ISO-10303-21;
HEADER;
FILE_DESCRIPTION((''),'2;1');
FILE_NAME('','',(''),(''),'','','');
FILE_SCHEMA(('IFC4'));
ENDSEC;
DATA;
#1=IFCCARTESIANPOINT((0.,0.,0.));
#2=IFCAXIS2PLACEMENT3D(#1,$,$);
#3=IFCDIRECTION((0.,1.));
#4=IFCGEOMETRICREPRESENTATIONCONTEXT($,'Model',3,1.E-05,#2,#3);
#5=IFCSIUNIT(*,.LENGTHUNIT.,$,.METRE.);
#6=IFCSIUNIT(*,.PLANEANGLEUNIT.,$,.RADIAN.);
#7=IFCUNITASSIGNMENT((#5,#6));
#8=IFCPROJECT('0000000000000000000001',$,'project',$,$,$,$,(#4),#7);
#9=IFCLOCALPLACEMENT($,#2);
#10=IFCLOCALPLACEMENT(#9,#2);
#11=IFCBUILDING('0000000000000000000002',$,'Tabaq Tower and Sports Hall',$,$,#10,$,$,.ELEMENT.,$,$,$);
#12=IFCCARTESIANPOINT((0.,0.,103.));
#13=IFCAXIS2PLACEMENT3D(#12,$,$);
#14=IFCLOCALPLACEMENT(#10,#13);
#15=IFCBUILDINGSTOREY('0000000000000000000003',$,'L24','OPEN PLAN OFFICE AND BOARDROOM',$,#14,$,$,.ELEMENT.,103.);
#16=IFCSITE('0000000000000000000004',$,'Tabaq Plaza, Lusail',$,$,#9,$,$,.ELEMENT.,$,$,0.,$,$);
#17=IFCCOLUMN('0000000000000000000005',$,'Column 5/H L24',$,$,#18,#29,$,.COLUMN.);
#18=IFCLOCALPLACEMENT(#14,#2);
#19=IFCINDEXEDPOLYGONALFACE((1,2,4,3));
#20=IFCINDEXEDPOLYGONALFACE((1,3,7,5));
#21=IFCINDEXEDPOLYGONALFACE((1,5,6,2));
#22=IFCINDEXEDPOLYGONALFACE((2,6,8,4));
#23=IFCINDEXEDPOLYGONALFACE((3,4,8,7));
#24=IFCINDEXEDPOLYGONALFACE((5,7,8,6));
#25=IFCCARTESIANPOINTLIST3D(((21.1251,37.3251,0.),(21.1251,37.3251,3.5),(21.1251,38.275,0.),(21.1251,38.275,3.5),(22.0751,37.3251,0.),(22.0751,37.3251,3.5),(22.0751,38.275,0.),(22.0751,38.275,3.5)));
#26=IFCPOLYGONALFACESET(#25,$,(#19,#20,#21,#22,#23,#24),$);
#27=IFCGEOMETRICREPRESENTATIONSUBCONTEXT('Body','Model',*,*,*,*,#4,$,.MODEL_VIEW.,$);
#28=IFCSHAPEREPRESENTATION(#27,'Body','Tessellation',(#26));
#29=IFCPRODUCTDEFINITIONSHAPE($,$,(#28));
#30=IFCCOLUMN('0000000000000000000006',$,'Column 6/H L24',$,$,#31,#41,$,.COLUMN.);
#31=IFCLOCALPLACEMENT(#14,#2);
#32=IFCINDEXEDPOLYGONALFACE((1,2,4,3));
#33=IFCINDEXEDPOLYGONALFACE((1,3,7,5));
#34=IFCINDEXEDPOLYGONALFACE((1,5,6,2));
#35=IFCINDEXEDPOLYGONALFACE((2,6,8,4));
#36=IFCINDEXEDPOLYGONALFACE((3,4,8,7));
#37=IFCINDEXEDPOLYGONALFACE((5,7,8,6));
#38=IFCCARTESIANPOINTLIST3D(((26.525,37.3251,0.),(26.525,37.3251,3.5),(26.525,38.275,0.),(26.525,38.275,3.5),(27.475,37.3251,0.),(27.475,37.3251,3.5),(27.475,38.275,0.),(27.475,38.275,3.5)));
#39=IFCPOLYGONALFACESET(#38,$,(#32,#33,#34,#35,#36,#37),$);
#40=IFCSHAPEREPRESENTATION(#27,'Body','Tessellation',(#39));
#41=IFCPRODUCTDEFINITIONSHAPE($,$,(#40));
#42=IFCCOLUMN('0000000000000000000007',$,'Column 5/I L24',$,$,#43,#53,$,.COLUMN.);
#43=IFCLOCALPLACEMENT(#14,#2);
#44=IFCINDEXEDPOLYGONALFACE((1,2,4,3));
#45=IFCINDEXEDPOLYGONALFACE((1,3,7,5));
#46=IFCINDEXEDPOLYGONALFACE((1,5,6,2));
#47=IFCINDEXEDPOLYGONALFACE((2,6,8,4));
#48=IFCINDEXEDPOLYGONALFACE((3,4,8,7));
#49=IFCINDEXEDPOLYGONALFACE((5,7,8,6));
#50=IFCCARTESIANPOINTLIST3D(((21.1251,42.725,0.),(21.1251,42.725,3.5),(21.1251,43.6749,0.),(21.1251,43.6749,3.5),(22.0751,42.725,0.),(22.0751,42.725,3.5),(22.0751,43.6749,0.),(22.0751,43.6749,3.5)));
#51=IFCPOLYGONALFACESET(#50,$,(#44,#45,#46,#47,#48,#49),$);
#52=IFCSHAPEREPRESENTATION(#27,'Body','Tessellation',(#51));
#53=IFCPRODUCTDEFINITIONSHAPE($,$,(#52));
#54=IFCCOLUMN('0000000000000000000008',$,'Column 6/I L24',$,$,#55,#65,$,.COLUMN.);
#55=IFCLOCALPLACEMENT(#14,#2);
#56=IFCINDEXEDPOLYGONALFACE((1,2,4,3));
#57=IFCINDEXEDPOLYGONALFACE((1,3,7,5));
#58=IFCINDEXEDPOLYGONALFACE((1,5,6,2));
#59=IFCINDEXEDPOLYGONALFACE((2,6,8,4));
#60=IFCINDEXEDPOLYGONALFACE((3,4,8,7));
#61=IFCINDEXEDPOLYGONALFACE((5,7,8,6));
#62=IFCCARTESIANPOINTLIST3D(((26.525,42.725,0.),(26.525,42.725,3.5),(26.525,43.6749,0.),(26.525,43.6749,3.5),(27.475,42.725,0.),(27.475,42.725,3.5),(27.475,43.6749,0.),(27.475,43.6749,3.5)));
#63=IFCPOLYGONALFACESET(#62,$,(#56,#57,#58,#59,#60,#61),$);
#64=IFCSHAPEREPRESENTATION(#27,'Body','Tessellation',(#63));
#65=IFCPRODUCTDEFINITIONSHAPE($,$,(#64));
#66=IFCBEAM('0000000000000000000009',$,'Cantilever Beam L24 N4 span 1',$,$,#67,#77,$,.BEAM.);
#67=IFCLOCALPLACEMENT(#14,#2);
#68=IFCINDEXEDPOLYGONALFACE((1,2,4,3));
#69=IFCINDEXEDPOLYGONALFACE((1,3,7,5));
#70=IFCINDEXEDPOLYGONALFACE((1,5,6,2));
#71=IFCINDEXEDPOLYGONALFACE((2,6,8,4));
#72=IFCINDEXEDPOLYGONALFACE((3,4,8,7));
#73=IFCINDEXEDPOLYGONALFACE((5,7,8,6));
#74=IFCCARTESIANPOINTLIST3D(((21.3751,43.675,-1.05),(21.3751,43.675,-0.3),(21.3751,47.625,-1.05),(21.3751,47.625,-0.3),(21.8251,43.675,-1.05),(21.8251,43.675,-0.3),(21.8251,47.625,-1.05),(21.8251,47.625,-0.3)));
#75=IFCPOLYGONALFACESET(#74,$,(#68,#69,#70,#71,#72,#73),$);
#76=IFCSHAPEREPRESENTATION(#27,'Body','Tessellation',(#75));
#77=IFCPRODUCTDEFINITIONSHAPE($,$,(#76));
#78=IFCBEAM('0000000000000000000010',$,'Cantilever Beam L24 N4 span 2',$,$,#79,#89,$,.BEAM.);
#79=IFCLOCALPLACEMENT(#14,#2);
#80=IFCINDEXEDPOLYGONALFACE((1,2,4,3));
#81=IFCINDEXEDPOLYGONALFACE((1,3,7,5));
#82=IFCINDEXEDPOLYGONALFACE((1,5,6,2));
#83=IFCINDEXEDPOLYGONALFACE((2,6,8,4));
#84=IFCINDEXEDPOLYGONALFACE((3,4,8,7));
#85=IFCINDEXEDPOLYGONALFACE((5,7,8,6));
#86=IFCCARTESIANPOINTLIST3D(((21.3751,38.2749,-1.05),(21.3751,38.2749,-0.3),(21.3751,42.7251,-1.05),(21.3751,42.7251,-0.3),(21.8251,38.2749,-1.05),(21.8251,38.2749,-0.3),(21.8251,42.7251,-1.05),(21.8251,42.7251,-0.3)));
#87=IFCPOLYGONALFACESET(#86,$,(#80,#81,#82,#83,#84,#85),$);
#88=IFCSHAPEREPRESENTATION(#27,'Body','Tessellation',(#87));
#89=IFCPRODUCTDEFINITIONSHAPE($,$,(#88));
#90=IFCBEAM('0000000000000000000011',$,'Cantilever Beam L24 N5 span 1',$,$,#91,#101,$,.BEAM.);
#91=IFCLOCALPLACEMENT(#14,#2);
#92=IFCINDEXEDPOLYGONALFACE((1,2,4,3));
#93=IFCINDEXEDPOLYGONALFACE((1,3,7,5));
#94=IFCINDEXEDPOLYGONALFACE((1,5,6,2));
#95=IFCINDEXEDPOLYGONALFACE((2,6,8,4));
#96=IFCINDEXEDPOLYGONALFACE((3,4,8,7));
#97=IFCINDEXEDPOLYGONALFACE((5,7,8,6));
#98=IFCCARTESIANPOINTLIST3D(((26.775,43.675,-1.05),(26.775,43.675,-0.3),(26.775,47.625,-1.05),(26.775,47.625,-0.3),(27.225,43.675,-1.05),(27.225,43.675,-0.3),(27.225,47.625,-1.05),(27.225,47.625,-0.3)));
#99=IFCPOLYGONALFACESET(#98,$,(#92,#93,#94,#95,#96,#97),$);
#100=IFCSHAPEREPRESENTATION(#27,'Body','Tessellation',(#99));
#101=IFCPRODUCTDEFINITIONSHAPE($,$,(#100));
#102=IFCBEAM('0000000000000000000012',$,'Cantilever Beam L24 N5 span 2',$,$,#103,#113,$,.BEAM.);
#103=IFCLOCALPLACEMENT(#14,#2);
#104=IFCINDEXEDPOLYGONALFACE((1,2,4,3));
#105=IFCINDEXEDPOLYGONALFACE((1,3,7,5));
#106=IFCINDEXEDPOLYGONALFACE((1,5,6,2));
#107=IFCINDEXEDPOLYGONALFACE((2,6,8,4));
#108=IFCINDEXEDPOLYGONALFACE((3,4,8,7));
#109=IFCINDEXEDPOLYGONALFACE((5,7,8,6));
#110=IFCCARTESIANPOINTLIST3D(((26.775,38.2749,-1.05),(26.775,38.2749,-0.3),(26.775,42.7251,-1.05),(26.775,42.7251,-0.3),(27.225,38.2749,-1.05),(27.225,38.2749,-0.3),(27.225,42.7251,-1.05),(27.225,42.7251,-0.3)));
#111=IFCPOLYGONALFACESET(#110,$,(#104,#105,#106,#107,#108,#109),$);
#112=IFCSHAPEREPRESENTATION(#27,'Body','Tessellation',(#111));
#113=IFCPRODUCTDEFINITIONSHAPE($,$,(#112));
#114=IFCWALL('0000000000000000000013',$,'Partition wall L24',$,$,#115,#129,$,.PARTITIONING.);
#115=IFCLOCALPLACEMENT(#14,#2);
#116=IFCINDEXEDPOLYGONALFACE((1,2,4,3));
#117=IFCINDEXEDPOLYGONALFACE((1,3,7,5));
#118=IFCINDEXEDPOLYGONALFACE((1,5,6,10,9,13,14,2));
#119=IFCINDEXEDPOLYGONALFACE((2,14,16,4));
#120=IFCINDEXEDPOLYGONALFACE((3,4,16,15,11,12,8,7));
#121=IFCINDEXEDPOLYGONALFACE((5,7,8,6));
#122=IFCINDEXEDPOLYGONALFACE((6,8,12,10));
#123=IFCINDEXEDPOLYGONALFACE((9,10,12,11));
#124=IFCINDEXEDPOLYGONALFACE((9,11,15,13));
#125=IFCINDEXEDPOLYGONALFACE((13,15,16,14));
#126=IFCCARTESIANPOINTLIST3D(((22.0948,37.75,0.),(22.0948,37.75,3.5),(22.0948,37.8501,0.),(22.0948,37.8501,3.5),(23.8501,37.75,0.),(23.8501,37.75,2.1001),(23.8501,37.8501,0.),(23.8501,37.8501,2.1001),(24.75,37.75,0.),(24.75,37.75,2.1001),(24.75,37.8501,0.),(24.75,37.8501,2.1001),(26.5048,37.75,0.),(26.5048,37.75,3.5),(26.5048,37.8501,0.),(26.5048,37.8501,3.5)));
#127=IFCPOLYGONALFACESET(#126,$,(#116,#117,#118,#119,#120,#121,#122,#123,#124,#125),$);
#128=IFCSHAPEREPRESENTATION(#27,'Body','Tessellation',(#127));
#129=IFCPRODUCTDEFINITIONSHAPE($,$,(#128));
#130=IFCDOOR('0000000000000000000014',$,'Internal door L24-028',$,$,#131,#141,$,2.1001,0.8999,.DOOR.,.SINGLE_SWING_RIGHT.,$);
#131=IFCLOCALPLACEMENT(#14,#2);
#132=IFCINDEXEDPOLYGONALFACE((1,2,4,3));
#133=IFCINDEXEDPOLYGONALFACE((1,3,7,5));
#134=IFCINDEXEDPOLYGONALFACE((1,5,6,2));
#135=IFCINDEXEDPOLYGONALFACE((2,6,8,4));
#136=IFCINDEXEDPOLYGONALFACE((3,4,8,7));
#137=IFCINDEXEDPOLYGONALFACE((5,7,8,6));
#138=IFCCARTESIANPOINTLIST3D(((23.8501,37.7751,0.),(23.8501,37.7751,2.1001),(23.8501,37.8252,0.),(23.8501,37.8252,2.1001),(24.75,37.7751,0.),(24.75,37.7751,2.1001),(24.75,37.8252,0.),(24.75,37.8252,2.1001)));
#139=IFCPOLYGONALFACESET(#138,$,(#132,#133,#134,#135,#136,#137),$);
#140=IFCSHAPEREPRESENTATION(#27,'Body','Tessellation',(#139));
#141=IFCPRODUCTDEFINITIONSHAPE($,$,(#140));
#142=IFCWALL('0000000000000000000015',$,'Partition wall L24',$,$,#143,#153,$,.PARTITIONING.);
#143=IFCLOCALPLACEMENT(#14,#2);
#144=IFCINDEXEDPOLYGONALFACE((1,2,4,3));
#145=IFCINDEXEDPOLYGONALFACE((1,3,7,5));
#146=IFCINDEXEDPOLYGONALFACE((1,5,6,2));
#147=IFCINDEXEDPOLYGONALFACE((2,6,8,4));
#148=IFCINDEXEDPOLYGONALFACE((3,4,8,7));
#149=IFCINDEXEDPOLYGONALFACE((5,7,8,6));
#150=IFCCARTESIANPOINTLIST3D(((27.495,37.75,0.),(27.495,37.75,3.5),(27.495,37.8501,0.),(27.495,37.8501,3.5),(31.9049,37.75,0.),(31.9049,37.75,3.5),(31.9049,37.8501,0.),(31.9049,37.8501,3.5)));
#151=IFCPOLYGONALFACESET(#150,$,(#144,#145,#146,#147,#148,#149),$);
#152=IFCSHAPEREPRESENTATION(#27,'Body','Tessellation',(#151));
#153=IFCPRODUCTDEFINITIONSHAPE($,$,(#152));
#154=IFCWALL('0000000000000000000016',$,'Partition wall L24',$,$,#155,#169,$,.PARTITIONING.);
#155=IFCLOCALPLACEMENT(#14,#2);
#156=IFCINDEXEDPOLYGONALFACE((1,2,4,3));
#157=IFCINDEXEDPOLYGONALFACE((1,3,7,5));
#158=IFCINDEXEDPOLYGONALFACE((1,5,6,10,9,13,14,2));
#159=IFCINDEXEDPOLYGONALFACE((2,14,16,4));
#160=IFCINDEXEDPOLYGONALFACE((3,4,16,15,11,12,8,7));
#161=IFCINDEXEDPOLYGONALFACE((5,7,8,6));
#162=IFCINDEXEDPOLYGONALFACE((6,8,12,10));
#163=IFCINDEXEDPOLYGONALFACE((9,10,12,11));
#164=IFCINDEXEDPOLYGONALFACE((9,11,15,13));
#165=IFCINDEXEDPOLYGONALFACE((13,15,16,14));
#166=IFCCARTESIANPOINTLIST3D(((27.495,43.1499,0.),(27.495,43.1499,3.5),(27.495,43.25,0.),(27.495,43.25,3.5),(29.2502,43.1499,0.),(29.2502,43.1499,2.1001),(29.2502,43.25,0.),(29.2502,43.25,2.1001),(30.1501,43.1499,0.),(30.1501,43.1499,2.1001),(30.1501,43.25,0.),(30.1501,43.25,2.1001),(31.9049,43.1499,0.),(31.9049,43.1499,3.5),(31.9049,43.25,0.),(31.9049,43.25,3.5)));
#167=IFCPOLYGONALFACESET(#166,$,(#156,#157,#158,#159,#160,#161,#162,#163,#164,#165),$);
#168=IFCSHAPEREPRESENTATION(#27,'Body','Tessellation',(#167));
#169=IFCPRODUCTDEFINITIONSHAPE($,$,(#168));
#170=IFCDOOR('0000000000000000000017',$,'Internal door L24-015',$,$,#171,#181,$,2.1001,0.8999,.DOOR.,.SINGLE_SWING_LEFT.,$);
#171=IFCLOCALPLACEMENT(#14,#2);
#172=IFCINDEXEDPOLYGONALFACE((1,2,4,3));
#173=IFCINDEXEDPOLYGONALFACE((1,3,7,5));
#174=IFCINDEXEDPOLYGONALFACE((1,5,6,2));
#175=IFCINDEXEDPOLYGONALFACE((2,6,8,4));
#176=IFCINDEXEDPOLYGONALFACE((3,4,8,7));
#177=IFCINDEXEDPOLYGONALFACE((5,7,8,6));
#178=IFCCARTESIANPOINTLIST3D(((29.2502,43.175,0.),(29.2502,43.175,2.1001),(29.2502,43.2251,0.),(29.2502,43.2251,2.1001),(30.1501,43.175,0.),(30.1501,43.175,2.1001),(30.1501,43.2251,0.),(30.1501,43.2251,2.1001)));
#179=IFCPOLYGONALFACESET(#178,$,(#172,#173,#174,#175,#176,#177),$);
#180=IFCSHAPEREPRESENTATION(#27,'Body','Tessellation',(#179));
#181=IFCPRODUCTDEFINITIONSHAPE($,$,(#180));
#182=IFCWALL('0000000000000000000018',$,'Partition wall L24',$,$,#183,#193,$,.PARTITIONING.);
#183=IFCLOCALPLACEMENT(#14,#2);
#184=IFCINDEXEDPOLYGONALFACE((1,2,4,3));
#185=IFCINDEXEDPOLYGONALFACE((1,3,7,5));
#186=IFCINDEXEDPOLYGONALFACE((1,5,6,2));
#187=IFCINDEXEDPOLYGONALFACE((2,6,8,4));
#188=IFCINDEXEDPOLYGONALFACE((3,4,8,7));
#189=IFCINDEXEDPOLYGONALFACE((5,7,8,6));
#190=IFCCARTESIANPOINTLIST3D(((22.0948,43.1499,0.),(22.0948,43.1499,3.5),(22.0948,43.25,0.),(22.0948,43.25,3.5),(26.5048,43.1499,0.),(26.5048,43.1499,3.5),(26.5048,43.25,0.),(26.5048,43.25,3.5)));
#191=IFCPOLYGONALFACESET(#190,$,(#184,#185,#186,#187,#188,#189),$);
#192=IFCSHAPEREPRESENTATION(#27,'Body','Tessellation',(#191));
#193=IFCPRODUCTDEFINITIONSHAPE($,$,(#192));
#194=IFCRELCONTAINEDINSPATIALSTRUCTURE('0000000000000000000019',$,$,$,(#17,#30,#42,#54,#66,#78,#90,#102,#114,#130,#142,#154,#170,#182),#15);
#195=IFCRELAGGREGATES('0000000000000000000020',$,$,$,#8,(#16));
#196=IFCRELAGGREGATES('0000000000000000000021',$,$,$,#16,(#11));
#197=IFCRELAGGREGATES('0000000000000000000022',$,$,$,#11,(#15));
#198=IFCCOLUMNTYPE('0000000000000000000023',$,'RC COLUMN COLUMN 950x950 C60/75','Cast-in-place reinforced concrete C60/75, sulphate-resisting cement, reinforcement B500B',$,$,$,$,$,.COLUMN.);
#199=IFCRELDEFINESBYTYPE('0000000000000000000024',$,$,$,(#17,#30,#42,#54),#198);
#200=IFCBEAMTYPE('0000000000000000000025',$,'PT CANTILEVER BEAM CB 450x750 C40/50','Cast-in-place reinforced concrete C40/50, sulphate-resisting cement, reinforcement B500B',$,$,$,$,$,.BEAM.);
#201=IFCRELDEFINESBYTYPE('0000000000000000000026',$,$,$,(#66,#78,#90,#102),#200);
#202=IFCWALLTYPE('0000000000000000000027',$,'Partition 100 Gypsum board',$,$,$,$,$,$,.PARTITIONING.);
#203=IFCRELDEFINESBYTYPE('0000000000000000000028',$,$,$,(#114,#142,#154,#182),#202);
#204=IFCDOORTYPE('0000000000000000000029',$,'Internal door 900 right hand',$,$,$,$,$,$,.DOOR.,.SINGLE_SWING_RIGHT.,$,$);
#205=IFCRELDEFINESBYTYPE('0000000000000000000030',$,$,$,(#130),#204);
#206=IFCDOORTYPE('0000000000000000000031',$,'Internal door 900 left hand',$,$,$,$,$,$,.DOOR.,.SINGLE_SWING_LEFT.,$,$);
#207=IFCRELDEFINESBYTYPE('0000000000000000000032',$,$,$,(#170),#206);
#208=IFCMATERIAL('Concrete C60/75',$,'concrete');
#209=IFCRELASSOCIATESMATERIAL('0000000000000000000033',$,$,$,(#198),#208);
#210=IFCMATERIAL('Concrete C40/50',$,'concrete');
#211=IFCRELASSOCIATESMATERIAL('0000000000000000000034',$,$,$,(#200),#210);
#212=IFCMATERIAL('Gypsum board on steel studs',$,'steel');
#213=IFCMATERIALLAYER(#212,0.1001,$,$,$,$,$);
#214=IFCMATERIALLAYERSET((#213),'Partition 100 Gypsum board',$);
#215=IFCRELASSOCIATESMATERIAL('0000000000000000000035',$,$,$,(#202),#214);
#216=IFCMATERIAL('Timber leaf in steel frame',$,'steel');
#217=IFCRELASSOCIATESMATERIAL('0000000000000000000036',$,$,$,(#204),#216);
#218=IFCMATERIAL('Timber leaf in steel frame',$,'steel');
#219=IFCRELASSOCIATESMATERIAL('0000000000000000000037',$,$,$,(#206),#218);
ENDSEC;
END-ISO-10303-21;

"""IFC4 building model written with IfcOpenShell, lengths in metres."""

from ifc_helpers import new_model, si_unit, direction, frame, frame_2d, origin, origin_2d, place, context, subcontext, project, spatial, rectangle, extrude, material, layer, layer_set, material_profile, profile_set, type_object, element, fill, save


model = new_model("IFC4")

# Units and contexts
model_context = context("Model", 3, precision=1e-05, world=origin(), true_north=direction((0.0, 1.0)))
body_context = subcontext(model_context, "Body", "Model", "MODEL_VIEW")
ifc_project = project(units=[si_unit("LENGTHUNIT", "METRE"), si_unit("PLANEANGLEUNIT", "RADIAN")], contexts=[model_context])

# Site, building, storey
site_placement = place(None, origin())
site = spatial("IfcSite", under=ifc_project, at=site_placement, Name="Tabaq Plaza, Lusail", CompositionType="ELEMENT", RefElevation=0.0)
building_placement = place(site_placement, origin())
building = spatial("IfcBuilding", under=site, at=building_placement, Name="Tabaq Tower and Sports Hall", CompositionType="ELEMENT")
storey_placement = place(building_placement, frame((0.0, 0.0, 103.0)))
storey = spatial("IfcBuildingStorey", under=building, at=storey_placement, Name="L24", Description="OPEN PLAN OFFICE AND BOARDROOM", CompositionType="ELEMENT", Elevation=103.0)

# Columns
ifc_material_1 = material(Name="Concrete C60/75", Category="concrete")
ifc_material_profile_1 = material_profile(ifc_material_1, rectangle(XDim=0.95, YDim=0.95, at=origin_2d()), Name="COLUMN 950x950")
ifc_profile_set_1 = profile_set([ifc_material_profile_1], Name="Concrete C60/75")
column_type = type_object("IfcColumnType", Name="RC COLUMN COLUMN 950x950 C60/75", Description="Cast-in-place reinforced concrete C60/75, sulphate-resisting cement, reinforcement B500B", PredefinedType="COLUMN", material=ifc_profile_set_1)
for number, where, z_axis, x_axis, name in (
    (1, (21.6001, 37.8, 0.0), (0.0, 0.0, 1.0), (1.0, 0.0, 0.0), "Column 5/H L24"),
    (2, (27.0, 37.8, 0.0), (0.0, 0.0, 1.0), (1.0, 0.0, 0.0), "Column 6/H L24"),
    (3, (21.6001, 43.2, 0.0), (0.0, 0.0, 1.0), (1.0, 0.0, 0.0), "Column 5/I L24"),
    (4, (27.0, 43.2, 0.0), (0.0, 0.0, 1.0), (1.0, 0.0, 0.0), "Column 6/I L24"),
):
    element("IfcColumn", number, at=place(storey_placement, frame(where, z_axis=z_axis, x_axis=x_axis)), inside=storey, type_object=column_type, Name=name, PredefinedType="COLUMN", context=body_context, shape_type="SweptSolid", body=[
        extrude(rectangle(XDim=0.95, YDim=0.95, at=origin_2d()), origin(), (0.0, 0.0, 1.0), 3.5),
    ])

# Beams
ifc_material_2 = material(Name="Concrete C40/50", Category="concrete")
ifc_material_profile_2 = material_profile(ifc_material_2, rectangle(XDim=0.45, YDim=0.75, at=origin_2d()), Name="CB 450x750")
ifc_profile_set_2 = profile_set([ifc_material_profile_2], Name="Concrete C40/50")
beam_type = type_object("IfcBeamType", Name="PT CANTILEVER BEAM CB 450x750 C40/50", Description="Cast-in-place reinforced concrete C40/50, sulphate-resisting cement, reinforcement B500B", PredefinedType="BEAM", material=ifc_profile_set_2)
beam_1_placement = place(storey_placement, frame((21.6001, 47.625, -0.675), z_axis=(0.0, -1.0, 0.0), x_axis=(1.0, 0.0, 0.0)))
element("IfcBeam", 5, at=beam_1_placement, inside=storey, type_object=beam_type, Name="Cantilever Beam L24 N4 span 1", PredefinedType="BEAM", context=body_context, shape_type="SweptSolid", body=[
    extrude(rectangle(XDim=0.45, YDim=0.75, at=origin_2d()), origin(), (0.0, 0.0, 1.0), 3.95),
])
beam_2_placement = place(storey_placement, frame((21.6001, 42.7251, -0.675), z_axis=(0.0, -1.0, 0.0), x_axis=(1.0, 0.0, 0.0)))
element("IfcBeam", 6, at=beam_2_placement, inside=storey, type_object=beam_type, Name="Cantilever Beam L24 N4 span 2", PredefinedType="BEAM", context=body_context, shape_type="SweptSolid", body=[
    extrude(rectangle(XDim=0.45, YDim=0.75, at=origin_2d()), origin(), (0.0, 0.0, 1.0), 4.4502),
])
beam_3_placement = place(storey_placement, frame((27.0, 47.625, -0.675), z_axis=(0.0, -1.0, 0.0), x_axis=(1.0, 0.0, 0.0)))
element("IfcBeam", 7, at=beam_3_placement, inside=storey, type_object=beam_type, Name="Cantilever Beam L24 N5 span 1", PredefinedType="BEAM", context=body_context, shape_type="SweptSolid", body=[
    extrude(rectangle(XDim=0.45, YDim=0.75, at=origin_2d()), origin(), (0.0, 0.0, 1.0), 3.95),
])
beam_4_placement = place(storey_placement, frame((27.0, 42.7251, -0.675), z_axis=(0.0, -1.0, 0.0), x_axis=(1.0, 0.0, 0.0)))
element("IfcBeam", 8, at=beam_4_placement, inside=storey, type_object=beam_type, Name="Cantilever Beam L24 N5 span 2", PredefinedType="BEAM", context=body_context, shape_type="SweptSolid", body=[
    extrude(rectangle(XDim=0.45, YDim=0.75, at=origin_2d()), origin(), (0.0, 0.0, 1.0), 4.4502),
])

# Wall, opening, door
ifc_material_3 = material(Name="Gypsum board on steel studs", Category="steel")
ifc_layer_1 = layer(ifc_material_3, 0.1001)
ifc_layer_set_1 = layer_set([ifc_layer_1], Name="Partition 100 Gypsum board")
wall_type_1 = type_object("IfcWallType", Name="Partition 100 Gypsum board", PredefinedType="PARTITIONING", material=ifc_layer_set_1)
wall_1_placement = place(storey_placement, frame((26.5049, 37.8, 0.0), z_axis=(0.0, 0.0, 1.0), x_axis=(-1.0, 0.0, 0.0)))
wall_1 = element("IfcWall", 9, at=wall_1_placement, inside=storey, type_object=wall_type_1, Name="Partition wall L24", PredefinedType="PARTITIONING", context=body_context, shape_type="SweptSolid", body=[
    extrude(rectangle(XDim=4.4099, YDim=0.1001, at=frame_2d((2.2051, 0.0))), origin(), (0.0, 0.0, 1.0), 3.5),
])
opening_1_placement = place(wall_1_placement, frame((1.7549, 0.0, 0.0)))
opening_1 = element("IfcOpeningElement", 10, at=opening_1_placement, cuts=wall_1, PredefinedType="OPENING", context=body_context, shape_type="SweptSolid", body=[
    extrude(rectangle(XDim=0.8999, YDim=2.1001, at=frame_2d((0.45, 1.05))), frame((0.0, 0.05, 0.0), z_axis=(0.0, -1.0, 0.0), x_axis=(1.0, 0.0, 0.0)), (0.0, 0.0, 1.0), 0.1001),
])
ifc_material_4 = material(Name="Timber leaf in steel frame", Category="steel")
door_type_1 = type_object("IfcDoorType", Name="Internal door 900 right hand", OperationType="SINGLE_SWING_RIGHT", PredefinedType="DOOR", material=ifc_material_4)
door_1_placement = place(opening_1_placement, origin())
door_1 = element("IfcDoor", 11, at=door_1_placement, inside=storey, type_object=door_type_1, Name="Internal door L24-028", OperationType="SINGLE_SWING_RIGHT", OverallHeight=2.1001, OverallWidth=0.8999, PredefinedType="DOOR", context=body_context, shape_type="SweptSolid", body=[
    extrude(rectangle(XDim=0.8999, YDim=2.1001, at=frame_2d((0.45, 1.05))), frame((0.0, 0.0249, 0.0), z_axis=(0.0, -1.0, 0.0), x_axis=(1.0, 0.0, 0.0)), (0.0, 0.0, 1.0), 0.05),
])
fill(opening_1, door_1)

# Wall
wall_2_placement = place(storey_placement, frame((31.905, 37.8, 0.0), z_axis=(0.0, 0.0, 1.0), x_axis=(-1.0, 0.0, 0.0)))
element("IfcWall", 12, at=wall_2_placement, inside=storey, type_object=wall_type_1, Name="Partition wall L24", PredefinedType="PARTITIONING", context=body_context, shape_type="SweptSolid", body=[
    extrude(rectangle(XDim=4.4099, YDim=0.1001, at=frame_2d((2.2051, 0.0))), origin(), (0.0, 0.0, 1.0), 3.5),
])

# Wall, opening, door
wall_3_placement = place(storey_placement, frame((31.905, 43.2, 0.0), z_axis=(0.0, 0.0, 1.0), x_axis=(-1.0, 0.0, 0.0)))
wall_3 = element("IfcWall", 13, at=wall_3_placement, inside=storey, type_object=wall_type_1, Name="Partition wall L24", PredefinedType="PARTITIONING", context=body_context, shape_type="SweptSolid", body=[
    extrude(rectangle(XDim=4.4099, YDim=0.1001, at=frame_2d((2.2051, 0.0))), origin(), (0.0, 0.0, 1.0), 3.5),
])
opening_2_placement = place(wall_3_placement, frame((1.7549, 0.0, 0.0)))
opening_2 = element("IfcOpeningElement", 14, at=opening_2_placement, cuts=wall_3, PredefinedType="OPENING", context=body_context, shape_type="SweptSolid", body=[
    extrude(rectangle(XDim=0.8999, YDim=2.1001, at=frame_2d((0.45, 1.05))), frame((0.0, 0.05, 0.0), z_axis=(0.0, -1.0, 0.0), x_axis=(1.0, 0.0, 0.0)), (0.0, 0.0, 1.0), 0.1001),
])
ifc_material_5 = material(Name="Timber leaf in steel frame", Category="steel")
door_type_2 = type_object("IfcDoorType", Name="Internal door 900 left hand", OperationType="SINGLE_SWING_LEFT", PredefinedType="DOOR", material=ifc_material_5)
door_2_placement = place(opening_2_placement, origin())
door_2 = element("IfcDoor", 15, at=door_2_placement, inside=storey, type_object=door_type_2, Name="Internal door L24-015", OperationType="SINGLE_SWING_LEFT", OverallHeight=2.1001, OverallWidth=0.8999, PredefinedType="DOOR", context=body_context, shape_type="SweptSolid", body=[
    extrude(rectangle(XDim=0.8999, YDim=2.1001, at=frame_2d((0.45, 1.05))), frame((0.0, 0.0249, 0.0), z_axis=(0.0, -1.0, 0.0), x_axis=(1.0, 0.0, 0.0)), (0.0, 0.0, 1.0), 0.05),
])
fill(opening_2, door_2)

# Wall
wall_4_placement = place(storey_placement, frame((26.5049, 43.2, 0.0), z_axis=(0.0, 0.0, 1.0), x_axis=(-1.0, 0.0, 0.0)))
element("IfcWall", 16, at=wall_4_placement, inside=storey, type_object=wall_type_1, Name="Partition wall L24", PredefinedType="PARTITIONING", context=body_context, shape_type="SweptSolid", body=[
    extrude(rectangle(XDim=4.4099, YDim=0.1001, at=frame_2d((2.2051, 0.0))), origin(), (0.0, 0.0, 1.0), 3.5),
])

save(model, "model.ifc")
